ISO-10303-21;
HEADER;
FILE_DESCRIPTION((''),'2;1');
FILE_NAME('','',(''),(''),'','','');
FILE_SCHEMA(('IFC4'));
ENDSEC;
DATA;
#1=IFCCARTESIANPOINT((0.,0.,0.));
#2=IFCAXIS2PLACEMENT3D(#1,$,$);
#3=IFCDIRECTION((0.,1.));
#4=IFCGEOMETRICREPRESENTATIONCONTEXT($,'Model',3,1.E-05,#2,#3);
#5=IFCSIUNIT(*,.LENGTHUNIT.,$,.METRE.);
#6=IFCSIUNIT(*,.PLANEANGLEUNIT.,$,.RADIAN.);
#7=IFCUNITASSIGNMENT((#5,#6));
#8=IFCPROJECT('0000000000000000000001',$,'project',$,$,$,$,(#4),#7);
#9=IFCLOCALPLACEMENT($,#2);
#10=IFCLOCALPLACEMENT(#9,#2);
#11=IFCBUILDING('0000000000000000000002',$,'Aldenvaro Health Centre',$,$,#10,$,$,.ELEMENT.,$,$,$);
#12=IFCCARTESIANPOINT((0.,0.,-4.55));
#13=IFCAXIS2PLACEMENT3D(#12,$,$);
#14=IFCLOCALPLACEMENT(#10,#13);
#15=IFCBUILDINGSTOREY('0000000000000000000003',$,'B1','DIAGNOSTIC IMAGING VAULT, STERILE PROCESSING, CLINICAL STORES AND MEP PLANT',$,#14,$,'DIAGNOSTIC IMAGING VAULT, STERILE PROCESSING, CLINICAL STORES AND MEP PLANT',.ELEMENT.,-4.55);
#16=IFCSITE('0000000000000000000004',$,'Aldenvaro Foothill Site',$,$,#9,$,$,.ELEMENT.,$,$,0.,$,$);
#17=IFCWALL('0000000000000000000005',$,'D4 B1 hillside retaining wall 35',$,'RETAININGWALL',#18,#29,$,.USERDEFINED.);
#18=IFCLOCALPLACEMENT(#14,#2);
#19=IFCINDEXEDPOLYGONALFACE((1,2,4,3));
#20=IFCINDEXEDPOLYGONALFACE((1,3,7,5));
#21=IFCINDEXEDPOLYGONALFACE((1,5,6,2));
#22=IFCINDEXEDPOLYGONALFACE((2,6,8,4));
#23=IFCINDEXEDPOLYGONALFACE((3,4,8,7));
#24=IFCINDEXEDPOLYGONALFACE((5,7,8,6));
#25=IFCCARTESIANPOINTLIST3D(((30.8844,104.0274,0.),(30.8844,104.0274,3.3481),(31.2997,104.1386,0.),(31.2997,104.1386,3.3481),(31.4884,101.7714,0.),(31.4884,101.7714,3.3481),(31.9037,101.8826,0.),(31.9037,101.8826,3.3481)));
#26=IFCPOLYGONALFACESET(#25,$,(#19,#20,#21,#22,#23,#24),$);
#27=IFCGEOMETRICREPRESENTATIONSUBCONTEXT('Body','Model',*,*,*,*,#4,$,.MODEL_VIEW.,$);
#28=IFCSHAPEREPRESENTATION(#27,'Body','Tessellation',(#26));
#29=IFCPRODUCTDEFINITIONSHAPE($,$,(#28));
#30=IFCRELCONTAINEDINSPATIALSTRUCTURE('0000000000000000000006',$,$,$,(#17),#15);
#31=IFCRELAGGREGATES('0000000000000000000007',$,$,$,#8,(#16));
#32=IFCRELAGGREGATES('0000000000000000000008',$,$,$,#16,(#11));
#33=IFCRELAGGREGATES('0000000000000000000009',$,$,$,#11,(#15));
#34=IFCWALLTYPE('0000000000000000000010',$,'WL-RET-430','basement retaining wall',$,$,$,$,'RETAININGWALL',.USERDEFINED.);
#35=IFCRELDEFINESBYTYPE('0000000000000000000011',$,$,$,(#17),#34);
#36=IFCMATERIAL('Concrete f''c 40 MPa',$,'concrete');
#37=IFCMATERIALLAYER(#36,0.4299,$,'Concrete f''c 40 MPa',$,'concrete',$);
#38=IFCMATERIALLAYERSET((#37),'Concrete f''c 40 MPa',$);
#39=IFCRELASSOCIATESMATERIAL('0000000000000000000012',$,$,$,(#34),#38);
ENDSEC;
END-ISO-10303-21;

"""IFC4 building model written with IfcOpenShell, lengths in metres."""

from ifc_helpers import new_model, si_unit, direction, frame, frame_2d, origin, place, context, subcontext, project, spatial, rectangle, extrude, material, layer, layer_set, type_object, element, save


model = new_model("IFC4")

# Units and contexts
model_context = context("Model", 3, precision=1e-05, world=origin(), true_north=direction((0.0, 1.0)))
body_context = subcontext(model_context, "Body", "Model", "MODEL_VIEW")
ifc_project = project(units=[si_unit("LENGTHUNIT", "METRE"), si_unit("PLANEANGLEUNIT", "RADIAN")], contexts=[model_context])

# Site, building, storey
site_placement = place(None, origin())
site = spatial("IfcSite", under=ifc_project, at=site_placement, Name="Aldenvaro Foothill Site", CompositionType="ELEMENT", RefElevation=0.0)
building_placement = place(site_placement, origin())
building = spatial("IfcBuilding", under=site, at=building_placement, Name="Aldenvaro Health Centre", CompositionType="ELEMENT")
storey_placement = place(building_placement, frame((0.0, 0.0, -4.55)))
storey = spatial("IfcBuildingStorey", under=building, at=storey_placement, Name="B1", Description="DIAGNOSTIC IMAGING VAULT, STERILE PROCESSING, CLINICAL STORES AND MEP PLANT", LongName="DIAGNOSTIC IMAGING VAULT, STERILE PROCESSING, CLINICAL STORES AND MEP PLANT", CompositionType="ELEMENT", Elevation=-4.55)

# Shared definitions
ifc_material_1 = material(Name="Concrete f'c 40 MPa", Category="concrete")

# Wall
ifc_layer_1 = layer(ifc_material_1, 0.4299, Name="Concrete f'c 40 MPa", Category="concrete")
ifc_layer_set_1 = layer_set([ifc_layer_1], Name="Concrete f'c 40 MPa")
wall_type = type_object("IfcWallType", Name="WL-RET-430", Description="basement retaining wall", ElementType="RETAININGWALL", PredefinedType="USERDEFINED", material=ifc_layer_set_1)
wall_placement = place(storey_placement, frame((31.092, 104.083, 0.0), z_axis=(0.0, 0.0, 1.0), x_axis=(0.258612, -0.965981, 0.0)))
element("IfcWall", 1, at=wall_placement, inside=storey, type_object=wall_type, Name="D4 B1 hillside retaining wall 35", ObjectType="RETAININGWALL", PredefinedType="USERDEFINED", context=body_context, shape_type="SweptSolid", body=[
    extrude(rectangle(XDim=2.3354, YDim=0.4299, at=frame_2d((1.1677, 0.0))), origin(), (0.0, 0.0, 1.0), 3.3481),
])

save(model, "model.ifc")
